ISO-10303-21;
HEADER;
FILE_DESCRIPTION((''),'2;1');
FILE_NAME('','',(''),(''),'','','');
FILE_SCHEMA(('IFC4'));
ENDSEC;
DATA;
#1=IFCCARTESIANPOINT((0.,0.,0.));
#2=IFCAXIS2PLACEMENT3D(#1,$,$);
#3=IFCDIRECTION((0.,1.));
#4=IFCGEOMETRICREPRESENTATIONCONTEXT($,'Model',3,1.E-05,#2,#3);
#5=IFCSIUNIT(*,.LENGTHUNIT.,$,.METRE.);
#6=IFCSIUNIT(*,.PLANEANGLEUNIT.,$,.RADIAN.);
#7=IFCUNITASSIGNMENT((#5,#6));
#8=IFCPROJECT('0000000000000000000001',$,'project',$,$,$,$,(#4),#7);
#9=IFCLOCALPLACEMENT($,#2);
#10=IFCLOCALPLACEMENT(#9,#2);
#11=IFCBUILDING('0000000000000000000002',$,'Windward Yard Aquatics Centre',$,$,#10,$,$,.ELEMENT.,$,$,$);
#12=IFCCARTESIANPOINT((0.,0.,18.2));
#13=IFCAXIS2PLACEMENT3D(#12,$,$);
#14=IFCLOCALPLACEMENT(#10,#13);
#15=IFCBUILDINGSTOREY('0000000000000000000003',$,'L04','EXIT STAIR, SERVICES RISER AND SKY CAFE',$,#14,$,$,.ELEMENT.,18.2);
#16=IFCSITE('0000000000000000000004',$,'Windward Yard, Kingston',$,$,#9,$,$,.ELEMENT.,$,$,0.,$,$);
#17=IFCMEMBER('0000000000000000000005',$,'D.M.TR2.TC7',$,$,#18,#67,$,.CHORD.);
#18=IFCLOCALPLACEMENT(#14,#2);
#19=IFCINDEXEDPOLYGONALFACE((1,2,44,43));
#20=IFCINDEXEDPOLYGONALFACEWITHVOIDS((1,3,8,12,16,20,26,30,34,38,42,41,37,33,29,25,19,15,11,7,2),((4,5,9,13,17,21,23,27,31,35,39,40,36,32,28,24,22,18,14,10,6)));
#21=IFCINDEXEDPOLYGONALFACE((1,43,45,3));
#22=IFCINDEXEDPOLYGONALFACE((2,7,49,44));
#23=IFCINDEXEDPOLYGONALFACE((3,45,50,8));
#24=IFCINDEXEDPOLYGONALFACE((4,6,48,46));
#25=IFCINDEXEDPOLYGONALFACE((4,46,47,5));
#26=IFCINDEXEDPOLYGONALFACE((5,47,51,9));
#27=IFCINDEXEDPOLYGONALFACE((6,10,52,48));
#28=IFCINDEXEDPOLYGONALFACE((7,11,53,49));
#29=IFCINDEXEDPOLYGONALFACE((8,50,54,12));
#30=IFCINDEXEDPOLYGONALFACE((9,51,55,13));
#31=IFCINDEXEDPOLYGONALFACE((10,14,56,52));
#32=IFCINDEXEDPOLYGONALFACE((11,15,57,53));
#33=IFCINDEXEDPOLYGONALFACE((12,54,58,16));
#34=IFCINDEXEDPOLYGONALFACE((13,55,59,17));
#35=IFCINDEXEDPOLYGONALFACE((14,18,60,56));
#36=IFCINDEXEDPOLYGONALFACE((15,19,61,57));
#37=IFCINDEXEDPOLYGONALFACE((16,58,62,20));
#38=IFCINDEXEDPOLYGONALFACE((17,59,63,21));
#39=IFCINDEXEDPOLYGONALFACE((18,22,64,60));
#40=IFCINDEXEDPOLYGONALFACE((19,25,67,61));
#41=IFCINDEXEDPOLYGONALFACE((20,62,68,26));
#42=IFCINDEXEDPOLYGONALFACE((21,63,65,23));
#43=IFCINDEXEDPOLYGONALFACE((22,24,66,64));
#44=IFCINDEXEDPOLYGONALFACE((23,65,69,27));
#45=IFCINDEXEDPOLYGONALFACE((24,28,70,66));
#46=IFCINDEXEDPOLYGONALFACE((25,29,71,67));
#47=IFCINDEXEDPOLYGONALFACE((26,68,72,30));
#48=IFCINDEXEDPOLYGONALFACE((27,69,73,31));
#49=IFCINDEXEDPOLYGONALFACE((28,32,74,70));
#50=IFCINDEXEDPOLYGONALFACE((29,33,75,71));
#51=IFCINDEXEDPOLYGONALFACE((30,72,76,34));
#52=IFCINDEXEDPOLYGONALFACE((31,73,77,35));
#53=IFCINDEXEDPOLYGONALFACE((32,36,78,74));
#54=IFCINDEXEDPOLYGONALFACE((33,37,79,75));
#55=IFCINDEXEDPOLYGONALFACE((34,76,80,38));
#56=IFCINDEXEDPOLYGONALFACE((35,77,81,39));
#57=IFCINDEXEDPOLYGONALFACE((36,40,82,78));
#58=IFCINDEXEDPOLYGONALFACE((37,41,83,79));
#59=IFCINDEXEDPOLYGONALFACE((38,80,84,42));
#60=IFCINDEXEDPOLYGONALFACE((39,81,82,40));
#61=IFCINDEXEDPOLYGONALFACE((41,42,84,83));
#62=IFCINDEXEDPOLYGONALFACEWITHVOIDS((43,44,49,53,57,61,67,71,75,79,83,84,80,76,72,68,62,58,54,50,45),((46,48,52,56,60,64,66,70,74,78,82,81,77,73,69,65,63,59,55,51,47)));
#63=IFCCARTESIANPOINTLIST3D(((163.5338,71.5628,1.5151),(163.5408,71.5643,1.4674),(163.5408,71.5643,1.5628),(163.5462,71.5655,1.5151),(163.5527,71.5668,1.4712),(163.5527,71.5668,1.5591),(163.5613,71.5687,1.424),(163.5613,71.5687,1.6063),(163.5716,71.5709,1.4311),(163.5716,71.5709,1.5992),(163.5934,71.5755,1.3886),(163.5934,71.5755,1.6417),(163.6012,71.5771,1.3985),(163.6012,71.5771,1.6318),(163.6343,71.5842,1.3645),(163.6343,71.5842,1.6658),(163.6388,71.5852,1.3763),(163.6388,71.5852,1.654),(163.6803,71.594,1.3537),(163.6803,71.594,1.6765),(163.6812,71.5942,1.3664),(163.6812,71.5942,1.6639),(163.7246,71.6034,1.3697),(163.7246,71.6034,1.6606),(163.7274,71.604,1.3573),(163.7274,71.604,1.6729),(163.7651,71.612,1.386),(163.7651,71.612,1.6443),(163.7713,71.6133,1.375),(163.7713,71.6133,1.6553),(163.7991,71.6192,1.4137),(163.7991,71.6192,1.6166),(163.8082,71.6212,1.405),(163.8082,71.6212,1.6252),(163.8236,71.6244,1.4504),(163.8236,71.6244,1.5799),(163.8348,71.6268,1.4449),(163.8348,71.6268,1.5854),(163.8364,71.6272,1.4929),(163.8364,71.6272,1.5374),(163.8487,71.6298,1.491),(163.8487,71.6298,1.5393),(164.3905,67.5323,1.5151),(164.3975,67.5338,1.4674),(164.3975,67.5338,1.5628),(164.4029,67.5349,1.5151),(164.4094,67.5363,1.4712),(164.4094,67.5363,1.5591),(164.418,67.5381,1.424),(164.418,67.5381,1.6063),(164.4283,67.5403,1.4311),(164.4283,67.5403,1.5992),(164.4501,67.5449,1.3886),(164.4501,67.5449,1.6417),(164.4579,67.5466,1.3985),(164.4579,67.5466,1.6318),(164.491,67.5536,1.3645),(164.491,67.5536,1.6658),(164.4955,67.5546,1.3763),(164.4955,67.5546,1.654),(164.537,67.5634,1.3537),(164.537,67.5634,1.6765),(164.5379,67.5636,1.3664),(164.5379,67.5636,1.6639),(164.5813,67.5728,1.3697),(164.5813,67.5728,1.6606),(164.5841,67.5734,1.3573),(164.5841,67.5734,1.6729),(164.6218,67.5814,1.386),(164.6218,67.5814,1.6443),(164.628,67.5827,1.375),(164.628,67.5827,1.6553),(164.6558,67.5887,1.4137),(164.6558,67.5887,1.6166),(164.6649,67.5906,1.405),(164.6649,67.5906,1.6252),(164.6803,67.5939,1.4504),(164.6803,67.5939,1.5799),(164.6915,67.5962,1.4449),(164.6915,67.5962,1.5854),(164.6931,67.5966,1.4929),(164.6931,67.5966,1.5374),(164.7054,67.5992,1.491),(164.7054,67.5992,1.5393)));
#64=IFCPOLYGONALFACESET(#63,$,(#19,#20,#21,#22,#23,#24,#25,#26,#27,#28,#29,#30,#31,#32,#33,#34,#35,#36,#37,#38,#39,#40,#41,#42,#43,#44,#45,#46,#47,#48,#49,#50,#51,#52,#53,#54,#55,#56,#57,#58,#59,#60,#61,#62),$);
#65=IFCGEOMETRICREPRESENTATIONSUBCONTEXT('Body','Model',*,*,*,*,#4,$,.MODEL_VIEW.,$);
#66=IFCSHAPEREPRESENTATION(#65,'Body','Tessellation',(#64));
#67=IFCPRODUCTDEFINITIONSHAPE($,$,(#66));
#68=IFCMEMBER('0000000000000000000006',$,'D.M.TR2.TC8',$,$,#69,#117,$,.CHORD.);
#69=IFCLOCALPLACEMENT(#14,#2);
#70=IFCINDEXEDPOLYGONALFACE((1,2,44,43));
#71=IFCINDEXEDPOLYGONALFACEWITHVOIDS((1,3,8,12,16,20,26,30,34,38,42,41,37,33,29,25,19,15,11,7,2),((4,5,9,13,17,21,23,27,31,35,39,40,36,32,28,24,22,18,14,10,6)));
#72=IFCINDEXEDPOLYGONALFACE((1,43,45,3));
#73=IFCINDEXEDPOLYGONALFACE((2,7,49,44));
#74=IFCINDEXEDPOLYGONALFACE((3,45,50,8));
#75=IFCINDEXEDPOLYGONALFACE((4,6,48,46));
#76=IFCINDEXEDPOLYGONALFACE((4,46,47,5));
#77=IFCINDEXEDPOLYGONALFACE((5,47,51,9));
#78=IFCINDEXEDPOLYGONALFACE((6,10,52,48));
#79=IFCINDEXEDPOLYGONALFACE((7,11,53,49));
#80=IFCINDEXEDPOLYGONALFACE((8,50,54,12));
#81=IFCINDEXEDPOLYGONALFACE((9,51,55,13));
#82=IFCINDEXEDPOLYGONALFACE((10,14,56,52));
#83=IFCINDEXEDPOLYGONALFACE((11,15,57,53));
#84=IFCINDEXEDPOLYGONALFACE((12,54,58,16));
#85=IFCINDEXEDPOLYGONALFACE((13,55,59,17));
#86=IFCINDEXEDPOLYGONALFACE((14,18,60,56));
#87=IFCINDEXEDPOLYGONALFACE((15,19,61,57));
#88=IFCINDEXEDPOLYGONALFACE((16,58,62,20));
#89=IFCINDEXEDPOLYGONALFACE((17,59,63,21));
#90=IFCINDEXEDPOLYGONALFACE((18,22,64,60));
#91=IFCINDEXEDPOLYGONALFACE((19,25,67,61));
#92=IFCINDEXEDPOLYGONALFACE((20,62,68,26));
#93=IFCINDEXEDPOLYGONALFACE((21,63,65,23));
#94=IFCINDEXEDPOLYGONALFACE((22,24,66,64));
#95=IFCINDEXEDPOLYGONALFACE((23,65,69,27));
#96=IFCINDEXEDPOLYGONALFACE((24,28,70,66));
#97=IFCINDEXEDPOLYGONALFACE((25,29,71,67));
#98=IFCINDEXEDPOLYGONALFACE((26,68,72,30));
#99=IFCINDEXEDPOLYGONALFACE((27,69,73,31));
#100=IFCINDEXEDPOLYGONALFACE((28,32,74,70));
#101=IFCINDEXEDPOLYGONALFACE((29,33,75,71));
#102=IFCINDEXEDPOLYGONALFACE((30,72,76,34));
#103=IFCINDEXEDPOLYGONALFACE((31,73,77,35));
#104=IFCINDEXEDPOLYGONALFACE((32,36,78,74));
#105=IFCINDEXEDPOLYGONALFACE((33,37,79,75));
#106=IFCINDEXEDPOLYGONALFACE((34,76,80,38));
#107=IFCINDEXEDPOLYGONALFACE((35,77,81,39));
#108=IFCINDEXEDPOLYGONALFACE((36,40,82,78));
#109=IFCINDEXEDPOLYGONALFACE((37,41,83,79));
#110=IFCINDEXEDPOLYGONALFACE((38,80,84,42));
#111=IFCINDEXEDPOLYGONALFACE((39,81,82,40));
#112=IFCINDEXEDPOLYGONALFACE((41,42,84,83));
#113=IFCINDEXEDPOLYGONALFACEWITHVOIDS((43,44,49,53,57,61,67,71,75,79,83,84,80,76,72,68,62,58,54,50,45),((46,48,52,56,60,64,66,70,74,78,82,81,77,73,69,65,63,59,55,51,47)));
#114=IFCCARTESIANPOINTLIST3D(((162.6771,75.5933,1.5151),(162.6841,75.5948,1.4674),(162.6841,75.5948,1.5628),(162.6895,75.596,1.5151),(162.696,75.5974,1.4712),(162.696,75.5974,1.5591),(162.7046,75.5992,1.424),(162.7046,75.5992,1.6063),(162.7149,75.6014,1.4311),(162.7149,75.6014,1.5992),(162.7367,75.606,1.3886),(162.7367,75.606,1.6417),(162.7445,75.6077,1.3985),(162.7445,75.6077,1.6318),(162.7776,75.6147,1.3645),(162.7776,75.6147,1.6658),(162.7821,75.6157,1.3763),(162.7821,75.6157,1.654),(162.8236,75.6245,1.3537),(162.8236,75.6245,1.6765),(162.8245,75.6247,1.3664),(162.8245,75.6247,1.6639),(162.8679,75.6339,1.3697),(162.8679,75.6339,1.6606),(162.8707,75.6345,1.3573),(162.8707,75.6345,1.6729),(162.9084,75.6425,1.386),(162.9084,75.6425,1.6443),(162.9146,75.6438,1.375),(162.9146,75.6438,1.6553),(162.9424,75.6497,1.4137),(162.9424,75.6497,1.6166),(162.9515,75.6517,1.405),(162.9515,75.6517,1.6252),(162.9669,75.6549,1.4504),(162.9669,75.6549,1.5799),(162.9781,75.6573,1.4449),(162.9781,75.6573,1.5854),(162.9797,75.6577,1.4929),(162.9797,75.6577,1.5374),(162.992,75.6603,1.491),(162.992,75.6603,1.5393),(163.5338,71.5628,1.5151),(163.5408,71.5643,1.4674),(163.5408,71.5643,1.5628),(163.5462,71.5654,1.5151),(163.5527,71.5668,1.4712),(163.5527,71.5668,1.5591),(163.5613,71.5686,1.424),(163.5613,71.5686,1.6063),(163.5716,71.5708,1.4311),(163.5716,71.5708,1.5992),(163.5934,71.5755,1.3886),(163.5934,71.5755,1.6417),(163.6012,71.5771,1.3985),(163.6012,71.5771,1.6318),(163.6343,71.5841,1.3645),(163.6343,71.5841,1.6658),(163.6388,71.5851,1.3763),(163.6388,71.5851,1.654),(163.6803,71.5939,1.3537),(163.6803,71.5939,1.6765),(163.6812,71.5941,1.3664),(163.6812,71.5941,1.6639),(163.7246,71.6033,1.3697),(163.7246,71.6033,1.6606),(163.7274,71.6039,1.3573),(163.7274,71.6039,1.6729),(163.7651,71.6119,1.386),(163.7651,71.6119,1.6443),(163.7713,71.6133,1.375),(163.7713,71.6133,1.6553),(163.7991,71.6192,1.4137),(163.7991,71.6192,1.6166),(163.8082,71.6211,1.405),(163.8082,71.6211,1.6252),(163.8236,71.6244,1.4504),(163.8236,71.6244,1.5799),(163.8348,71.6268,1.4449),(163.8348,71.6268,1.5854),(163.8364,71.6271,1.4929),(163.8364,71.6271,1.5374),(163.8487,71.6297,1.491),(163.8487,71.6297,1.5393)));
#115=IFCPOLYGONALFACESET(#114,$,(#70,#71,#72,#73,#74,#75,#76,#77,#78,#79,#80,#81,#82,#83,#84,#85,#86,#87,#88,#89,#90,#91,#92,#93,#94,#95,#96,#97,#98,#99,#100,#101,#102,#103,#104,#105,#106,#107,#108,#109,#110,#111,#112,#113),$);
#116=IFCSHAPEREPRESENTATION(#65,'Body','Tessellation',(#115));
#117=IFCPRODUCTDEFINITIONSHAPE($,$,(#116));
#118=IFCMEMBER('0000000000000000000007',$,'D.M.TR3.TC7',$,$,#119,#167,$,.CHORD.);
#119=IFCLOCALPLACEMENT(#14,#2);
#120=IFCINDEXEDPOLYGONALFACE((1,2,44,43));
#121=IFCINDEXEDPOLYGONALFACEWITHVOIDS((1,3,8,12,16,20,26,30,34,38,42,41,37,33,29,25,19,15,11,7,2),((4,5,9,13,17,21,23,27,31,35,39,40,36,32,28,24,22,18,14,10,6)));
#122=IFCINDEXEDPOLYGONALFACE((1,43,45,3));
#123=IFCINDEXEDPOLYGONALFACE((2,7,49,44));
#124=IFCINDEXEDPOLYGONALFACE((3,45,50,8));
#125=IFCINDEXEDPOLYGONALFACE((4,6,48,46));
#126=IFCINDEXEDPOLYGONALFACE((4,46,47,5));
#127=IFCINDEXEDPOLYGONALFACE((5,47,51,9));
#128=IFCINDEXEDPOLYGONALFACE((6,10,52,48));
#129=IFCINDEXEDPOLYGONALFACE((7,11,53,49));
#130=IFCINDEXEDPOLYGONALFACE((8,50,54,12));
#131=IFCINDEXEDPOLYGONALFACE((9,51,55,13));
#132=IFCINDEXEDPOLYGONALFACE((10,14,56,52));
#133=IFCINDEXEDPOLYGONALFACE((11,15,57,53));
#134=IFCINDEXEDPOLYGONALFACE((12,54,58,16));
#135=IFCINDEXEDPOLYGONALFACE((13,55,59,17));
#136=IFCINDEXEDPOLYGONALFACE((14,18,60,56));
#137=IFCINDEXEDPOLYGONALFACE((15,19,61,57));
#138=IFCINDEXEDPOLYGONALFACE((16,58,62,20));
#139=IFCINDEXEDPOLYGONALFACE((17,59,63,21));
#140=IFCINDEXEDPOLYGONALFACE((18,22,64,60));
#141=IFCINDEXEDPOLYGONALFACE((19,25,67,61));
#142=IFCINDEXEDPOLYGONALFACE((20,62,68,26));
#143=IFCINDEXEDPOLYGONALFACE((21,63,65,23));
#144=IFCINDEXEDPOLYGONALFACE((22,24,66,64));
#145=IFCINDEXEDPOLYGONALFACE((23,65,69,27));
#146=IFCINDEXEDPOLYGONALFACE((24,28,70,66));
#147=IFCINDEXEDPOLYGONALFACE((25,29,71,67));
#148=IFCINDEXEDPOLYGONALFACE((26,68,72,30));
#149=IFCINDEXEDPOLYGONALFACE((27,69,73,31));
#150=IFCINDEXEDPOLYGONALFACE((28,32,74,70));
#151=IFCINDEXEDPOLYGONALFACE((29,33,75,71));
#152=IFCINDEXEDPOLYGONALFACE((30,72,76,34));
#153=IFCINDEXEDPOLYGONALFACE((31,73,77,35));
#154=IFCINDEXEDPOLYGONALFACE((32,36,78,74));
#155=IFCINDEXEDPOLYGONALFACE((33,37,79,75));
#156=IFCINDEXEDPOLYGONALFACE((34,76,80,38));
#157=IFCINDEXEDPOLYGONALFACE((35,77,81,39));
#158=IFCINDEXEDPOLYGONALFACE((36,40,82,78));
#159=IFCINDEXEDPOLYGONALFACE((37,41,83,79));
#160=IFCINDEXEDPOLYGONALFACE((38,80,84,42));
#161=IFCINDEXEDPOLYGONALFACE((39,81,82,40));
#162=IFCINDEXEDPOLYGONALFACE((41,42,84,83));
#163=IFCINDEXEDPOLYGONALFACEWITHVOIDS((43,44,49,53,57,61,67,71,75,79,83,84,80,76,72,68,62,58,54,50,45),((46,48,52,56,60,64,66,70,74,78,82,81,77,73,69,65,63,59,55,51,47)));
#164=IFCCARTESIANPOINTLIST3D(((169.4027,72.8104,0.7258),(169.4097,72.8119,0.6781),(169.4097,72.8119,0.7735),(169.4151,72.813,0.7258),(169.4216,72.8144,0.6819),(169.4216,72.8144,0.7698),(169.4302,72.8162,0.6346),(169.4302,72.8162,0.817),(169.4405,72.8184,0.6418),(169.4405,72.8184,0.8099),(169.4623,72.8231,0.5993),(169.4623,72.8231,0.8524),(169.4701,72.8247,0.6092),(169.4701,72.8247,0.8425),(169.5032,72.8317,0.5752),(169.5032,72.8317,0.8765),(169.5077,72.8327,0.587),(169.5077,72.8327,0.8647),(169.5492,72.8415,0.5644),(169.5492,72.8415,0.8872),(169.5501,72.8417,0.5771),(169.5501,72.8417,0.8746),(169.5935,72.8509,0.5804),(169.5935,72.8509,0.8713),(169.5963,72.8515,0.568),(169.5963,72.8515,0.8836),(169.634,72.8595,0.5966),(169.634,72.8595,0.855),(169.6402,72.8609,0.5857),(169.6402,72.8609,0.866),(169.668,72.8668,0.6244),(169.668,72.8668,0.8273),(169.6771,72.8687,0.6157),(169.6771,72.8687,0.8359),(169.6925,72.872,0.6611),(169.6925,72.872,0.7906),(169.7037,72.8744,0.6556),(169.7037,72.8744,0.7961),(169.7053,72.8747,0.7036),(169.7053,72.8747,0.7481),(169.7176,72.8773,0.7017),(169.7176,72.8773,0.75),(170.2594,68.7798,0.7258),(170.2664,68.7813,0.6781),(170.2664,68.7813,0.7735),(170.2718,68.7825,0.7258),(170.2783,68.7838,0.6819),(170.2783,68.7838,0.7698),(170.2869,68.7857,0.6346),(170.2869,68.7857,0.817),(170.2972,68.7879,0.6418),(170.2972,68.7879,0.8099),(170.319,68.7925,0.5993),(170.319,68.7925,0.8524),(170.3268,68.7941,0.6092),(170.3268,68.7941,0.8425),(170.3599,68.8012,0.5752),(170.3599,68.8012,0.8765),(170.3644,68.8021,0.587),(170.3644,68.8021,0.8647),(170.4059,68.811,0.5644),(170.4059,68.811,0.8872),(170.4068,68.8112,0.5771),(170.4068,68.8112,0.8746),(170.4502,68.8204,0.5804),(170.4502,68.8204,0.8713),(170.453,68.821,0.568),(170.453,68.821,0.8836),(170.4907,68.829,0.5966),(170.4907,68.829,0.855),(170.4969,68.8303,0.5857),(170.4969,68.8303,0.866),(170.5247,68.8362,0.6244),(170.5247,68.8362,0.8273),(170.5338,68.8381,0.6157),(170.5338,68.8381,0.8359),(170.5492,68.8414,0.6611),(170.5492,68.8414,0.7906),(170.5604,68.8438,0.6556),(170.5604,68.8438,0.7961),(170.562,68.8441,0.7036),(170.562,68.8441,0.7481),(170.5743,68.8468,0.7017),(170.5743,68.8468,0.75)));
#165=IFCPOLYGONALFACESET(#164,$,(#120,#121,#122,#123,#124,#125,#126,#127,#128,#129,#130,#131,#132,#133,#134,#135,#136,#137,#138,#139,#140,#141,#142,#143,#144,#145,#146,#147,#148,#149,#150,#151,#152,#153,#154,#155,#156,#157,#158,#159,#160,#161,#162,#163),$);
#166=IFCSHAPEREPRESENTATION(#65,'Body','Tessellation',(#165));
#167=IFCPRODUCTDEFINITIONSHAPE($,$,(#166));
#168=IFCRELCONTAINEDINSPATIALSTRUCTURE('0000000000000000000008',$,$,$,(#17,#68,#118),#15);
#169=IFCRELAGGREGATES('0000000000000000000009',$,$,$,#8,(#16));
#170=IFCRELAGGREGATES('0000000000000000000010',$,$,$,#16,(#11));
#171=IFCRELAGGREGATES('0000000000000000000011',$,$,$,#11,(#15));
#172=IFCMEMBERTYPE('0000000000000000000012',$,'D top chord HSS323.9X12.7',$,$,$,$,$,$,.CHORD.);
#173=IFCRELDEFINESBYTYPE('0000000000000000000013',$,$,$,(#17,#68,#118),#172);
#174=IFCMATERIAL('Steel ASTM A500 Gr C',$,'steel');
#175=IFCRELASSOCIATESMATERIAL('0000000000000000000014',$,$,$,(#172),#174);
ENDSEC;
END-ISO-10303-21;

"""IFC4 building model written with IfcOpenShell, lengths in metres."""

from ifc_helpers import new_model, si_unit, direction, frame, origin, origin_2d, place, context, subcontext, project, spatial, hollow_circle, extrude, material, material_profile, profile_set, type_object, element, save


model = new_model("IFC4")

# Units and contexts
model_context = context("Model", 3, precision=1e-05, world=origin(), true_north=direction((0.0, 1.0)))
body_context = subcontext(model_context, "Body", "Model", "MODEL_VIEW")
ifc_project = project(units=[si_unit("LENGTHUNIT", "METRE"), si_unit("PLANEANGLEUNIT", "RADIAN")], contexts=[model_context])

# Site, building, storey
site_placement = place(None, origin())
site = spatial("IfcSite", under=ifc_project, at=site_placement, Name="Windward Yard, Kingston", CompositionType="ELEMENT", RefElevation=0.0)
building_placement = place(site_placement, origin())
building = spatial("IfcBuilding", under=site, at=building_placement, Name="Windward Yard Aquatics Centre", CompositionType="ELEMENT")
storey_placement = place(building_placement, frame((0.0, 0.0, 18.2)))
storey = spatial("IfcBuildingStorey", under=building, at=storey_placement, Name="L04", Description="EXIT STAIR, SERVICES RISER AND SKY CAFE", CompositionType="ELEMENT", Elevation=18.2)

# Shared definitions
ifc_material_1 = material(Name="Steel ASTM A500 Gr C", Category="steel")

# Members
ifc_material_profile_1 = material_profile(ifc_material_1, hollow_circle(Radius=0.1619, WallThickness=0.0127, at=origin_2d()), Name="HSS323.9X12.7")
ifc_profile_set_1 = profile_set([ifc_material_profile_1], Name="Steel ASTM A500 Gr C")
member_type_1 = type_object("IfcMemberType", Name="D top chord HSS323.9X12.7", PredefinedType="CHORD", material=ifc_profile_set_1)
for number, where, z_axis, x_axis, name in (
    (1, (164.5488, 67.5659, 1.5151), (-0.207906, 0.978149, 0.0), (-0.978149, -0.207906, 0.0), "D.M.TR2.TC7"),
    (2, (163.6921, 71.5964, 1.5151), (-0.207906, 0.978149, 0.0), (-0.978149, -0.207906, 0.0), "D.M.TR2.TC8"),
    (3, (170.4177, 68.8135, 0.7258), (-0.207906, 0.978149, 0.0), (-0.978149, -0.207906, 0.0), "D.M.TR3.TC7"),
):
    element("IfcMember", number, at=place(storey_placement, frame(where, z_axis=z_axis, x_axis=x_axis)), inside=storey, type_object=member_type_1, Name=name, PredefinedType="CHORD", context=body_context, shape_type="SweptSolid", body=[
        extrude(hollow_circle(Radius=0.1619, WallThickness=0.0127, at=origin_2d()), origin(), (0.0, 0.0, 1.0), 4.1206),
    ])

save(model, "model.ifc")
